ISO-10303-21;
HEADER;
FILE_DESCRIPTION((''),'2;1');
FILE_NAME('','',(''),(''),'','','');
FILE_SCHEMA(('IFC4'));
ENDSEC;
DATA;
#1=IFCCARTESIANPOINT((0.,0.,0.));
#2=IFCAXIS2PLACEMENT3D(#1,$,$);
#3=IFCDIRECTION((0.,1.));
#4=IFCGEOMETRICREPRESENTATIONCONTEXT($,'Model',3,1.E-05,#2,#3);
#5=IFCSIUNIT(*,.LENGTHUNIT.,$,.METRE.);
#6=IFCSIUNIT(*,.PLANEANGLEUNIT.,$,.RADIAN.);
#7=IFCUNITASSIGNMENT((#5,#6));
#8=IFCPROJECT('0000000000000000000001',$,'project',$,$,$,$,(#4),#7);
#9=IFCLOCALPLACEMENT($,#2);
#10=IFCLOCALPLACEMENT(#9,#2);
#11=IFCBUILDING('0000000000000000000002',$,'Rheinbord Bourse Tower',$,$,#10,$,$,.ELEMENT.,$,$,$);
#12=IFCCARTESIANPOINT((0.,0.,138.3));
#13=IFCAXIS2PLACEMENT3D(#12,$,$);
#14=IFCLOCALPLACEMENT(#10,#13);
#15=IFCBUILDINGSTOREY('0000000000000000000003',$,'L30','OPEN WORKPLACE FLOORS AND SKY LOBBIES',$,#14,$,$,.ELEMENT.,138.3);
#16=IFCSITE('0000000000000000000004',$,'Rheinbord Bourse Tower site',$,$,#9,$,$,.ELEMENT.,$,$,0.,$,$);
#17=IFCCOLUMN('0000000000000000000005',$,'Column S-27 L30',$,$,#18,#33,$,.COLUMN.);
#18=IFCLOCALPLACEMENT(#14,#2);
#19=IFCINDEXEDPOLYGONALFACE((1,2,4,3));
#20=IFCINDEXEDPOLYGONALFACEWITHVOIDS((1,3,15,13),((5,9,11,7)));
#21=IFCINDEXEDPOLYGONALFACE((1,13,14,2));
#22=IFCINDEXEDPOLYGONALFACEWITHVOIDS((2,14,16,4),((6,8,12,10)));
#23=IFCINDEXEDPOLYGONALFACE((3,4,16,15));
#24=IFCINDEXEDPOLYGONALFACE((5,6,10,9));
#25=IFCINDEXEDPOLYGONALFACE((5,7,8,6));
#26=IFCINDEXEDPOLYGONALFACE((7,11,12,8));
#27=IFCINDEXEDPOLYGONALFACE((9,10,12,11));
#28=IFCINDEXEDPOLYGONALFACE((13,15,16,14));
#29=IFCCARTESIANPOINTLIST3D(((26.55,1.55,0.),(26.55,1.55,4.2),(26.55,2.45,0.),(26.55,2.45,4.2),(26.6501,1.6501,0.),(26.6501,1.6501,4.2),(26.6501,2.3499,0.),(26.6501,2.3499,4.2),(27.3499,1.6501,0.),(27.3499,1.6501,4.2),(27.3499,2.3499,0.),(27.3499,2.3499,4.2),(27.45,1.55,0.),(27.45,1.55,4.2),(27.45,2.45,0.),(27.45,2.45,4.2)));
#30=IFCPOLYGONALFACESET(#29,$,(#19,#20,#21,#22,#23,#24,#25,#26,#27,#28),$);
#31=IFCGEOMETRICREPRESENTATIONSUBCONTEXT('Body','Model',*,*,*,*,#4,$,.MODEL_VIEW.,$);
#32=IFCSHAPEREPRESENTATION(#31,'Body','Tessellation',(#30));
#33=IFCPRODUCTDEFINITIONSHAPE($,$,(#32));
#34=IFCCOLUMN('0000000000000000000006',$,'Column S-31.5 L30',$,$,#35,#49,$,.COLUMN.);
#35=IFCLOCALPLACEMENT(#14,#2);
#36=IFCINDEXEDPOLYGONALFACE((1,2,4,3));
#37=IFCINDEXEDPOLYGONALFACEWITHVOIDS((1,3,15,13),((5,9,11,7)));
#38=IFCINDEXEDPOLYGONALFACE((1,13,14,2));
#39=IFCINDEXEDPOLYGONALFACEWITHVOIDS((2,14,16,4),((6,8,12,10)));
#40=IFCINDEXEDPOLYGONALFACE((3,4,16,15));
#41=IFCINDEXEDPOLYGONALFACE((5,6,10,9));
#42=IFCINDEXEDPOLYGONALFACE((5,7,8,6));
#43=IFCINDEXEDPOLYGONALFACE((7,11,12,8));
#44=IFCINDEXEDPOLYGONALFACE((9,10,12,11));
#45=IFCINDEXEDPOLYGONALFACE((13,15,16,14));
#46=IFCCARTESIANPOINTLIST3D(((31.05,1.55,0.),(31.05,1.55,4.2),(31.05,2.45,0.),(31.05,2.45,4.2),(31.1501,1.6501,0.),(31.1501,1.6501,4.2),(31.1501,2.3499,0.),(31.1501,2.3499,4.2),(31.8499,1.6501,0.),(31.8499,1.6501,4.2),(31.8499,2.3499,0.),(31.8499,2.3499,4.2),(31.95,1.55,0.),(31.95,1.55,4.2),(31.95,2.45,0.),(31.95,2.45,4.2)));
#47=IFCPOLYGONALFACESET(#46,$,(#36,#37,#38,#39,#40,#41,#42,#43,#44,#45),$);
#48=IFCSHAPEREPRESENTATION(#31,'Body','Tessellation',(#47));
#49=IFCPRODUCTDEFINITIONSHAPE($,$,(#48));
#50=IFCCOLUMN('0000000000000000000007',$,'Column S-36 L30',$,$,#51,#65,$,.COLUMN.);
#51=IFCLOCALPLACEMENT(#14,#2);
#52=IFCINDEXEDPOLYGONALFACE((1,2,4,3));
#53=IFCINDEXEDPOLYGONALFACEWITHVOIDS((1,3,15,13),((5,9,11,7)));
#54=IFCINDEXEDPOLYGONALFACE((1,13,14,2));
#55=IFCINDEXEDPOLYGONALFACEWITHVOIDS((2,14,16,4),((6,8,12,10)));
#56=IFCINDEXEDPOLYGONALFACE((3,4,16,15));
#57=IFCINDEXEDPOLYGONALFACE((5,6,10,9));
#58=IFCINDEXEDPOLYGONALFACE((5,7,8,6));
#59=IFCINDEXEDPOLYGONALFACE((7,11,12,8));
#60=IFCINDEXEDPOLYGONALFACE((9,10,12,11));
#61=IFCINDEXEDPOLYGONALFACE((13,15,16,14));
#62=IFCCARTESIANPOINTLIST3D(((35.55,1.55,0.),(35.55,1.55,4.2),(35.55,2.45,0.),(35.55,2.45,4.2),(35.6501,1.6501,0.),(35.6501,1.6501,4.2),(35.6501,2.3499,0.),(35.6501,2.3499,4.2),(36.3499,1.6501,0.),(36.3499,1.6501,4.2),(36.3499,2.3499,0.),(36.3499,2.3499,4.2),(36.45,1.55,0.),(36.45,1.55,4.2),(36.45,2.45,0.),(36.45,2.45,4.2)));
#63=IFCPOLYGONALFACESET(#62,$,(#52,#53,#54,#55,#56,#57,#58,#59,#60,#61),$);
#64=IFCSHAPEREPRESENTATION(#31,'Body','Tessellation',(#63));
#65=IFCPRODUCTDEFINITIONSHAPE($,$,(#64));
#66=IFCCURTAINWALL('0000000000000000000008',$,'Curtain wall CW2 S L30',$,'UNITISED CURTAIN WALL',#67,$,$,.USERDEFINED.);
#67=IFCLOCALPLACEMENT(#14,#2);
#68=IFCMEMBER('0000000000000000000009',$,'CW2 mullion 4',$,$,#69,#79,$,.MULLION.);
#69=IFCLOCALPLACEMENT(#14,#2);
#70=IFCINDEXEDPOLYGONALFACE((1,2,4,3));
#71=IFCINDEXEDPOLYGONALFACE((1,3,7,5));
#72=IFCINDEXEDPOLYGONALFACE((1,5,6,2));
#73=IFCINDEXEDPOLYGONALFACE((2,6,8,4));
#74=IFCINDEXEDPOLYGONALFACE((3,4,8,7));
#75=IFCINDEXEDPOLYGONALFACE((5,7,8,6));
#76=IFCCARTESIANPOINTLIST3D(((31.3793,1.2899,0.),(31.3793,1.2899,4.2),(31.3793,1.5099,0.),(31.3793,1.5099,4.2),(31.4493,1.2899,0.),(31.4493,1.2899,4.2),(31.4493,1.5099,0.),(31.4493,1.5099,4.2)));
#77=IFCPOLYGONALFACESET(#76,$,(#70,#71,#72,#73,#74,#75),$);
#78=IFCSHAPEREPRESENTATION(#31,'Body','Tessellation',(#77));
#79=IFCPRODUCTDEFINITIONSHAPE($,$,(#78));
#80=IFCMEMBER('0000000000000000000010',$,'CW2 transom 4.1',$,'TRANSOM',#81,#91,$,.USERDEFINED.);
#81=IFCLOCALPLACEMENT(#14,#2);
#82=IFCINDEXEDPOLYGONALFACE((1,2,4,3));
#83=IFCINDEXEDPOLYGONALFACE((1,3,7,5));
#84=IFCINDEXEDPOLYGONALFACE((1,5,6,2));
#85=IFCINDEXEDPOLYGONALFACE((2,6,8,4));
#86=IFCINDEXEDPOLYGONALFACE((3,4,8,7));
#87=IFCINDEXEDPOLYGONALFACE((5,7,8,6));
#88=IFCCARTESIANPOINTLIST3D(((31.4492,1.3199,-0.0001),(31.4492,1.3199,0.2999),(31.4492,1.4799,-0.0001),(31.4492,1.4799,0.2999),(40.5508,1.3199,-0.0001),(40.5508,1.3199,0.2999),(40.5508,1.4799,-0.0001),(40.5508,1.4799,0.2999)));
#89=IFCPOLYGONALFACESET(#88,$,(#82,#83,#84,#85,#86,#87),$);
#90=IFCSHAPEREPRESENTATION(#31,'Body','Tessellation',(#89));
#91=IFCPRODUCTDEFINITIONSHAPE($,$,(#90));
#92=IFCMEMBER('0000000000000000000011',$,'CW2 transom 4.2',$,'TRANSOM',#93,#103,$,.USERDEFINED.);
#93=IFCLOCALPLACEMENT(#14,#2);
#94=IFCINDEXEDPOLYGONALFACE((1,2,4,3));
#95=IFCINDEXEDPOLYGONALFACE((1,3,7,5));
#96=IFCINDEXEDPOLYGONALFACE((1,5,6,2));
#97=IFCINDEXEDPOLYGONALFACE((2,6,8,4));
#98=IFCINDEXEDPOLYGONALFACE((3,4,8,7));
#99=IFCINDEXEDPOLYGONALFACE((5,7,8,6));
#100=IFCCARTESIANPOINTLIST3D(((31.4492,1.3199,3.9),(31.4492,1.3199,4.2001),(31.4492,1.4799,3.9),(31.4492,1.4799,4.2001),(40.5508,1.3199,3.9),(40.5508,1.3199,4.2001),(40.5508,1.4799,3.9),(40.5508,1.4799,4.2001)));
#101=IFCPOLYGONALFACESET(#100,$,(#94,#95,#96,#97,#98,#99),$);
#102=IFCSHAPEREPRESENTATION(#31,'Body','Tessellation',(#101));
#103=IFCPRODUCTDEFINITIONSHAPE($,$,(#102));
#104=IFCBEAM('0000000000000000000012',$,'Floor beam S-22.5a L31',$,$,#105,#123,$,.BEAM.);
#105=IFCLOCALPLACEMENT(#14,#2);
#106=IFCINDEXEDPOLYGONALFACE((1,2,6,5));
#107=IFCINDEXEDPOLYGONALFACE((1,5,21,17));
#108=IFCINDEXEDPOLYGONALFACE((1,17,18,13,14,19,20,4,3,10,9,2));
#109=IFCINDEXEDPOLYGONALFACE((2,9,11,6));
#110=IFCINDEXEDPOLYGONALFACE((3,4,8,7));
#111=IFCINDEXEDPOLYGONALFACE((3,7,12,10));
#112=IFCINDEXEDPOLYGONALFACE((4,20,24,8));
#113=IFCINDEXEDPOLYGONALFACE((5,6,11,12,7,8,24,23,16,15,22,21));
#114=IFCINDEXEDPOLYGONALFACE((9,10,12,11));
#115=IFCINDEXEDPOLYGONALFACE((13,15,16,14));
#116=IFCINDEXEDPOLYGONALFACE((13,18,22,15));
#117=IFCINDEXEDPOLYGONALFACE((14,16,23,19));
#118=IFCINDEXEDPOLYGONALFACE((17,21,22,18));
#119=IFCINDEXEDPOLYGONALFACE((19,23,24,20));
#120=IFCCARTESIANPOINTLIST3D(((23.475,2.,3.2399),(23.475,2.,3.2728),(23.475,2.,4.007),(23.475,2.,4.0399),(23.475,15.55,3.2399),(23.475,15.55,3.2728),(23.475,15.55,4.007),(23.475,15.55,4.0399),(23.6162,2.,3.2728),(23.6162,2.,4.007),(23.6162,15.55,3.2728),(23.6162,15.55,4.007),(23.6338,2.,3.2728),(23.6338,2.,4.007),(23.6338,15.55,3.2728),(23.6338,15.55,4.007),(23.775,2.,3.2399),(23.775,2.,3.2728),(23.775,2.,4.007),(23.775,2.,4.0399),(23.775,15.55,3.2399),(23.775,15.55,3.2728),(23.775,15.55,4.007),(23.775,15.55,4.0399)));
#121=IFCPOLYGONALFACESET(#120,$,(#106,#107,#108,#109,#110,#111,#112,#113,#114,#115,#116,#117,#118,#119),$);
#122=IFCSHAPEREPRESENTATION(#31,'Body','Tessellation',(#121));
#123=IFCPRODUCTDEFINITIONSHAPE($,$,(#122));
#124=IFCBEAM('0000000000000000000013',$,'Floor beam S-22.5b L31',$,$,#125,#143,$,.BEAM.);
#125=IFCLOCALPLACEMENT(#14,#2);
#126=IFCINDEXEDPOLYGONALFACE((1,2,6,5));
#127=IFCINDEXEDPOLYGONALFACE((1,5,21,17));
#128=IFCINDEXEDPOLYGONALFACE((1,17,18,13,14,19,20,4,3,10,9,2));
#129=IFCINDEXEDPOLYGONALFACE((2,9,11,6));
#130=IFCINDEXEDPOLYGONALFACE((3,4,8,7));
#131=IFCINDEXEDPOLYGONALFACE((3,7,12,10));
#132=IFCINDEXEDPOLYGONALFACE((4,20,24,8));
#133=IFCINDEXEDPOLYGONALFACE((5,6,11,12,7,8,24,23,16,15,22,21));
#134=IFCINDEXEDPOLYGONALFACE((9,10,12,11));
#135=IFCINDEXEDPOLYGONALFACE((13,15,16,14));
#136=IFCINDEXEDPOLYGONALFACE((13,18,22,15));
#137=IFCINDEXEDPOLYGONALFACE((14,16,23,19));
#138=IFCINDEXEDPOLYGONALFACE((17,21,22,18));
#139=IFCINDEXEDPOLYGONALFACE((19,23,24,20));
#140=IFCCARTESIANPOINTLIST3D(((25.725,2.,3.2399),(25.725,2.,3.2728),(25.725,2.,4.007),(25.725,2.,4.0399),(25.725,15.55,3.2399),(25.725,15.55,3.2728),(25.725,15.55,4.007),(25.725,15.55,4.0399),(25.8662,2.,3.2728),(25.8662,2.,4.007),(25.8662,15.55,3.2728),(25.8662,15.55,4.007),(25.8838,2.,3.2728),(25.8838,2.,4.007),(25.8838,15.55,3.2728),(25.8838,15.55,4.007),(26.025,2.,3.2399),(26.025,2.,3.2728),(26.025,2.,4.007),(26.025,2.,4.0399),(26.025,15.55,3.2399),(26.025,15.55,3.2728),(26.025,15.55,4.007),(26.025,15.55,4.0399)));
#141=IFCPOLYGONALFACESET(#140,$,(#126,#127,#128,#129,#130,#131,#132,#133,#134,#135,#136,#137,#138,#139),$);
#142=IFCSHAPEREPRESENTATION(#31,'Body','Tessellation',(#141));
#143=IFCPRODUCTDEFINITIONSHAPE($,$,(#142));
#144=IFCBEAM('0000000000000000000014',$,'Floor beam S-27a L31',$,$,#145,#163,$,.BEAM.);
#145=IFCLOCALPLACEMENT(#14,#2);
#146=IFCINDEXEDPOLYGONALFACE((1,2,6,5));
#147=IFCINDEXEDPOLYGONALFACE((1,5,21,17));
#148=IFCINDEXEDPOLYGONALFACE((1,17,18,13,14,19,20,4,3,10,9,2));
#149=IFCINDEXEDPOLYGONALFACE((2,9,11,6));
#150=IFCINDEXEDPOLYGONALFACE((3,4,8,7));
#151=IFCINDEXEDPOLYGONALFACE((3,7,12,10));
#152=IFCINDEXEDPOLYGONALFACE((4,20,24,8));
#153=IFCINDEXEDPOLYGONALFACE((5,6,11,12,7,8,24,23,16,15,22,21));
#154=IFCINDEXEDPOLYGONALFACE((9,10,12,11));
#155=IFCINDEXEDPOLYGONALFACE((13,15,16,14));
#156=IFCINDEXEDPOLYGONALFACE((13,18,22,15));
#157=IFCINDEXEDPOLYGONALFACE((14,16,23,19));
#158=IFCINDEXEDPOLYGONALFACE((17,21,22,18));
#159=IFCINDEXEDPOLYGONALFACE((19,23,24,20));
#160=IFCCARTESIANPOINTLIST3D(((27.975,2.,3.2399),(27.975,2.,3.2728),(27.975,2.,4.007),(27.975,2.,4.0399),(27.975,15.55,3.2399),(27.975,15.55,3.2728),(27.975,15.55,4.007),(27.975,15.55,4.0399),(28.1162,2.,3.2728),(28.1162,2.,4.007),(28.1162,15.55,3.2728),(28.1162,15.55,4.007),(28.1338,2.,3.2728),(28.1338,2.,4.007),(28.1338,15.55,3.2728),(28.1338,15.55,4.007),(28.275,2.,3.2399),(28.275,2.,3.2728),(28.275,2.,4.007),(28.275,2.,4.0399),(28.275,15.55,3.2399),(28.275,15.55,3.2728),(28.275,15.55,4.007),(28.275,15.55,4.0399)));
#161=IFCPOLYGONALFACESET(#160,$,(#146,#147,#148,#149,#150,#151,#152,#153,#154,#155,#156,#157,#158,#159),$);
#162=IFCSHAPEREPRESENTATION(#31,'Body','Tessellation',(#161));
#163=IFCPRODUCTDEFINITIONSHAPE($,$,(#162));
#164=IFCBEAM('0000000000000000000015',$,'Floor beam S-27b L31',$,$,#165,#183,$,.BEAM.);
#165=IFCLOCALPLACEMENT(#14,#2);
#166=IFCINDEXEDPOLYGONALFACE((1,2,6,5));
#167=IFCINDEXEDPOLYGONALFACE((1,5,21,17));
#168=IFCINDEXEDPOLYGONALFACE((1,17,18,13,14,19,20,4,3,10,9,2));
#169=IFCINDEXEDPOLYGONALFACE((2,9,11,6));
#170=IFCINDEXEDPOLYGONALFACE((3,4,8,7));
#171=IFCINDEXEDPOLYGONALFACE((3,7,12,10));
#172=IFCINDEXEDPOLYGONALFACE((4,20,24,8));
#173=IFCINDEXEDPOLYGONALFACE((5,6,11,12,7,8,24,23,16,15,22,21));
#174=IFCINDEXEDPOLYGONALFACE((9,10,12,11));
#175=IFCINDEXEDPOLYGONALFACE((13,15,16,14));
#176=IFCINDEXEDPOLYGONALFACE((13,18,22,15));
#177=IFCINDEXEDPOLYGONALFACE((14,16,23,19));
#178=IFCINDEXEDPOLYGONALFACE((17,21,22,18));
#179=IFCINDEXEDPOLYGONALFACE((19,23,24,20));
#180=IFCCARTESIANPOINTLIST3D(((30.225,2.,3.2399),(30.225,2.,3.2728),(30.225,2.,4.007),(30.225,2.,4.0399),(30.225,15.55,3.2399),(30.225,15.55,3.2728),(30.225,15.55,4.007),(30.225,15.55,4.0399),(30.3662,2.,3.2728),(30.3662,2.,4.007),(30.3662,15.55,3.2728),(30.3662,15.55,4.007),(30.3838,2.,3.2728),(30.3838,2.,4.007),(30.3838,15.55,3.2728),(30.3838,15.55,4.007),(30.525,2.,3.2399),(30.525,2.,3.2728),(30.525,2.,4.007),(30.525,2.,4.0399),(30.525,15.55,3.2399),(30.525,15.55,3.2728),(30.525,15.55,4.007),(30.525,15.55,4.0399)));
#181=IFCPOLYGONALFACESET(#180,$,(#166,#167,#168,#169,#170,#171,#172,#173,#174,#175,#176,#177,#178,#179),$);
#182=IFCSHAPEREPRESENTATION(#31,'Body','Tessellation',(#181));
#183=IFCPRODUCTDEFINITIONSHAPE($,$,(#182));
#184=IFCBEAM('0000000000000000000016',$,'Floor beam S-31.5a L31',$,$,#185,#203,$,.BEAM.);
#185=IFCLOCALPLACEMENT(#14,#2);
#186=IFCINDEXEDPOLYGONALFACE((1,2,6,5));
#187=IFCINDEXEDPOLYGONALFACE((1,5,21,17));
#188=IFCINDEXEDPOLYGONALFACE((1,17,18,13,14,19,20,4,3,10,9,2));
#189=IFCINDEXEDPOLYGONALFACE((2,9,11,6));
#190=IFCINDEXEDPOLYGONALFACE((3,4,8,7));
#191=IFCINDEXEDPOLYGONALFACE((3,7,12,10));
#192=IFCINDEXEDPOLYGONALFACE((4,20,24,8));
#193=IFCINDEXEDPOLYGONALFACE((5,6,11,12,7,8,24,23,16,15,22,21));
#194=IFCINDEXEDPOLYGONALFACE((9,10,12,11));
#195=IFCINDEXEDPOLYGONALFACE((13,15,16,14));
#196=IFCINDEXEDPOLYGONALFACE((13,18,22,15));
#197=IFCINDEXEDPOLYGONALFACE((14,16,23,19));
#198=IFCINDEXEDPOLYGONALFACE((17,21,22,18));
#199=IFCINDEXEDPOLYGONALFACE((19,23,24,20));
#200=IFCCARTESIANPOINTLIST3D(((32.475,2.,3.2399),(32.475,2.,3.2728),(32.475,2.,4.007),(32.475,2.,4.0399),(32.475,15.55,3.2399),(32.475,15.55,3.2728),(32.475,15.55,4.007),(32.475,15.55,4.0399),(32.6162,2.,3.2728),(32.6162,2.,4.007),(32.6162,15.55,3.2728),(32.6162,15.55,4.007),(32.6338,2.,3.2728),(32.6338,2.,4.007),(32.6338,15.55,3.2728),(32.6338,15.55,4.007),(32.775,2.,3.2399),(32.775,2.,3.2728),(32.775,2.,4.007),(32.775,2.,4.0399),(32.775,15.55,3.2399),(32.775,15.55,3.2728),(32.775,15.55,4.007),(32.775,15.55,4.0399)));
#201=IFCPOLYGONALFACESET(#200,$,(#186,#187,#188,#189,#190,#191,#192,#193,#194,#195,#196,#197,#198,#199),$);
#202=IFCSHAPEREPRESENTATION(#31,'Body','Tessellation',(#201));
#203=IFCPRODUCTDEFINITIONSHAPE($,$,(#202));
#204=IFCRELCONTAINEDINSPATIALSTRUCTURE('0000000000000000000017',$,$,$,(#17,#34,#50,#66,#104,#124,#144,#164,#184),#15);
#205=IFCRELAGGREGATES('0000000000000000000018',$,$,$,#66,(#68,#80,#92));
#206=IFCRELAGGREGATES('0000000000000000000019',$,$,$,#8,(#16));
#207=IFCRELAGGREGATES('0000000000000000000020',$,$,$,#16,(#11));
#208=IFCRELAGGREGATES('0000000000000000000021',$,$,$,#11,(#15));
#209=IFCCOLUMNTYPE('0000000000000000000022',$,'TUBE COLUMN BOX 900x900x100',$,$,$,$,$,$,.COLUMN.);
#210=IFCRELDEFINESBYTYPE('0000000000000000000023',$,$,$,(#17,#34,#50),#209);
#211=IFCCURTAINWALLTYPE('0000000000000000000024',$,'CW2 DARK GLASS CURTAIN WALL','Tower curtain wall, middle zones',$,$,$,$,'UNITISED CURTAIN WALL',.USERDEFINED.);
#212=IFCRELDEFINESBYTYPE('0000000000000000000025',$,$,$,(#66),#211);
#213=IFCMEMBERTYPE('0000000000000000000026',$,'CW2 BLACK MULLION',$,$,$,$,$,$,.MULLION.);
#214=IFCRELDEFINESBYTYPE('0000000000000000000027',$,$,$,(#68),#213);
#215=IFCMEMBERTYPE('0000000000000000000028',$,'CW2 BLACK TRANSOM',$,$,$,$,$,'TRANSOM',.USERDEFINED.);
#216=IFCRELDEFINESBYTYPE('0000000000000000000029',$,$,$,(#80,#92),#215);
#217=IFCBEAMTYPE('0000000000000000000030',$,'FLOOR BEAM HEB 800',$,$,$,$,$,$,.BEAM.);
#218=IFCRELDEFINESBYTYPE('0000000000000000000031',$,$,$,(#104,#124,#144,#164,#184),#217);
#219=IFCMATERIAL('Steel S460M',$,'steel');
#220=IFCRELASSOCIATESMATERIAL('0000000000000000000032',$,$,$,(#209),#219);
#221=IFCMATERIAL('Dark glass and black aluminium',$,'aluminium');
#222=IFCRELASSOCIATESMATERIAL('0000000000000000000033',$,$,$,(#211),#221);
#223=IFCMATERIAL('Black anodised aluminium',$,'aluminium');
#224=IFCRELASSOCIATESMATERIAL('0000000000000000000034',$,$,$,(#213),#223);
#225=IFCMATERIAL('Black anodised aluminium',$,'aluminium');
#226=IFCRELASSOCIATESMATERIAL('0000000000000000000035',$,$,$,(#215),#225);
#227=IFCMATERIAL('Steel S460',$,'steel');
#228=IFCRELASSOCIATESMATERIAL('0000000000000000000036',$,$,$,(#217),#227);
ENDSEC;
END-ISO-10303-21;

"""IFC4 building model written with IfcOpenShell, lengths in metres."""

from ifc_helpers import new_model, si_unit, direction, frame, origin, origin_2d, place, context, subcontext, project, spatial, rectangle, hollow_rectangle, i_section, extrude, material, material_profile, profile_set, type_object, element, aggregate, save


model = new_model("IFC4")

# Units and contexts
model_context = context("Model", 3, precision=1e-05, world=origin(), true_north=direction((0.0, 1.0)))
body_context = subcontext(model_context, "Body", "Model", "MODEL_VIEW")
ifc_project = project(units=[si_unit("LENGTHUNIT", "METRE"), si_unit("PLANEANGLEUNIT", "RADIAN")], contexts=[model_context])

# Site, building, storey
site_placement = place(None, origin())
site = spatial("IfcSite", under=ifc_project, at=site_placement, Name="Rheinbord Bourse Tower site", CompositionType="ELEMENT", RefElevation=0.0)
building_placement = place(site_placement, origin())
building = spatial("IfcBuilding", under=site, at=building_placement, Name="Rheinbord Bourse Tower", CompositionType="ELEMENT")
storey_placement = place(building_placement, frame((0.0, 0.0, 138.3)))
storey = spatial("IfcBuildingStorey", under=building, at=storey_placement, Name="L30", Description="OPEN WORKPLACE FLOORS AND SKY LOBBIES", CompositionType="ELEMENT", Elevation=138.3)

# Columns
ifc_material_1 = material(Name="Steel S460M", Category="steel")
ifc_material_profile_1 = material_profile(ifc_material_1, hollow_rectangle(XDim=0.8999, YDim=0.8999, WallThickness=0.1001, at=origin_2d()), Name="BOX 900x900x100")
ifc_profile_set_1 = profile_set([ifc_material_profile_1], Name="Steel S460M")
column_type = type_object("IfcColumnType", Name="TUBE COLUMN BOX 900x900x100", PredefinedType="COLUMN", material=ifc_profile_set_1)
for number, where, z_axis, x_axis, name in (
    (1, (27.0, 2.0, 0.0), (0.0, 0.0, 1.0), (0.0, 1.0, 0.0), "Column S-27 L30"),
    (2, (31.5, 2.0, 0.0), (0.0, 0.0, 1.0), (0.0, 1.0, 0.0), "Column S-31.5 L30"),
    (3, (36.0, 2.0, 0.0), (0.0, 0.0, 1.0), (0.0, 1.0, 0.0), "Column S-36 L30"),
):
    element("IfcColumn", number, at=place(storey_placement, frame(where, z_axis=z_axis, x_axis=x_axis)), inside=storey, type_object=column_type, Name=name, PredefinedType="COLUMN", context=body_context, shape_type="SweptSolid", body=[
        extrude(hollow_rectangle(XDim=0.8999, YDim=0.8999, WallThickness=0.1001, at=origin_2d()), origin(), (0.0, 0.0, 1.0), 4.2),
    ])

# Curtain wall, members
ifc_material_2 = material(Name="Dark glass and black aluminium", Category="aluminium")
curtain_wall_type = type_object("IfcCurtainWallType", Name="CW2 DARK GLASS CURTAIN WALL", Description="Tower curtain wall, middle zones", ElementType="UNITISED CURTAIN WALL", PredefinedType="USERDEFINED", material=ifc_material_2)
curtain_wall_placement = place(storey_placement, origin())
curtain_wall = element("IfcCurtainWall", 4, at=curtain_wall_placement, inside=storey, type_object=curtain_wall_type, Name="Curtain wall CW2 S L30", ObjectType="UNITISED CURTAIN WALL", PredefinedType="USERDEFINED")
ifc_material_3 = material(Name="Black anodised aluminium", Category="aluminium")
ifc_material_profile_2 = material_profile(ifc_material_3, rectangle(XDim=0.22, YDim=0.0701, at=origin_2d()), Name="CW2 MULLION 70x220")
ifc_profile_set_2 = profile_set([ifc_material_profile_2], Name="Black anodised aluminium")
member_type_1 = type_object("IfcMemberType", Name="CW2 BLACK MULLION", PredefinedType="MULLION", material=ifc_profile_set_2)
member_1_placement = place(storey_placement, frame((31.4143, 1.3999, 0.0), z_axis=(0.0, 0.0, 1.0), x_axis=(0.0, 1.0, 0.0)))
member_1 = element("IfcMember", 5, at=member_1_placement, type_object=member_type_1, Name="CW2 mullion 4", PredefinedType="MULLION", context=body_context, shape_type="SweptSolid", body=[
    extrude(rectangle(XDim=0.22, YDim=0.0701, at=origin_2d()), origin(), (0.0, 0.0, 1.0), 4.2),
])
ifc_material_4 = material(Name="Black anodised aluminium", Category="aluminium")
ifc_material_profile_3 = material_profile(ifc_material_4, rectangle(XDim=0.1599, YDim=0.3, at=origin_2d()), Name="CW2 TRANSOM 300x160")
ifc_profile_set_3 = profile_set([ifc_material_profile_3], Name="Black anodised aluminium")
member_type_2 = type_object("IfcMemberType", Name="CW2 BLACK TRANSOM", ElementType="TRANSOM", PredefinedType="USERDEFINED", material=ifc_profile_set_3)
member_2_placement = place(storey_placement, frame((31.4492, 1.3999, 0.1499), z_axis=(1.0, 0.0, 0.0), x_axis=(0.0, 1.0, 0.0)))
member_2 = element("IfcMember", 6, at=member_2_placement, type_object=member_type_2, Name="CW2 transom 4.1", ObjectType="TRANSOM", PredefinedType="USERDEFINED", context=body_context, shape_type="SweptSolid", body=[
    extrude(rectangle(XDim=0.1599, YDim=0.3, at=origin_2d()), origin(), (0.0, 0.0, 1.0), 9.1016),
])
member_3_placement = place(storey_placement, frame((31.4492, 1.3999, 4.05), z_axis=(1.0, 0.0, 0.0), x_axis=(0.0, 1.0, 0.0)))
member_3 = element("IfcMember", 7, at=member_3_placement, type_object=member_type_2, Name="CW2 transom 4.2", ObjectType="TRANSOM", PredefinedType="USERDEFINED", context=body_context, shape_type="SweptSolid", body=[
    extrude(rectangle(XDim=0.1599, YDim=0.3, at=origin_2d()), origin(), (0.0, 0.0, 1.0), 9.1016),
])

# Beams
ifc_material_5 = material(Name="Steel S460", Category="steel")
ifc_material_profile_4 = material_profile(ifc_material_5, i_section(OverallWidth=0.3, OverallDepth=0.8, WebThickness=0.0176, FlangeThickness=0.033, at=origin_2d()), Name="HEB 800")
ifc_profile_set_4 = profile_set([ifc_material_profile_4], Name="Steel S460")
beam_type_1 = type_object("IfcBeamType", Name="FLOOR BEAM HEB 800", PredefinedType="BEAM", material=ifc_profile_set_4)
for number, where, z_axis, x_axis, name in (
    (8, (23.625, 2.0, 3.6399), (0.0, 1.0, 0.0), (-1.0, 0.0, 0.0), "Floor beam S-22.5a L31"),
    (9, (25.875, 2.0, 3.6399), (0.0, 1.0, 0.0), (-1.0, 0.0, 0.0), "Floor beam S-22.5b L31"),
    (10, (28.125, 2.0, 3.6399), (0.0, 1.0, 0.0), (-1.0, 0.0, 0.0), "Floor beam S-27a L31"),
    (11, (30.375, 2.0, 3.6399), (0.0, 1.0, 0.0), (-1.0, 0.0, 0.0), "Floor beam S-27b L31"),
    (12, (32.625, 2.0, 3.6399), (0.0, 1.0, 0.0), (-1.0, 0.0, 0.0), "Floor beam S-31.5a L31"),
):
    element("IfcBeam", number, at=place(storey_placement, frame(where, z_axis=z_axis, x_axis=x_axis)), inside=storey, type_object=beam_type_1, Name=name, PredefinedType="BEAM", context=body_context, shape_type="SweptSolid", body=[
        extrude(i_section(OverallWidth=0.3, OverallDepth=0.8, WebThickness=0.0176, FlangeThickness=0.033, at=origin_2d()), origin(), (0.0, 0.0, 1.0), 13.55),
    ])

aggregate(curtain_wall, [member_1, member_2, member_3])

save(model, "model.ifc")
